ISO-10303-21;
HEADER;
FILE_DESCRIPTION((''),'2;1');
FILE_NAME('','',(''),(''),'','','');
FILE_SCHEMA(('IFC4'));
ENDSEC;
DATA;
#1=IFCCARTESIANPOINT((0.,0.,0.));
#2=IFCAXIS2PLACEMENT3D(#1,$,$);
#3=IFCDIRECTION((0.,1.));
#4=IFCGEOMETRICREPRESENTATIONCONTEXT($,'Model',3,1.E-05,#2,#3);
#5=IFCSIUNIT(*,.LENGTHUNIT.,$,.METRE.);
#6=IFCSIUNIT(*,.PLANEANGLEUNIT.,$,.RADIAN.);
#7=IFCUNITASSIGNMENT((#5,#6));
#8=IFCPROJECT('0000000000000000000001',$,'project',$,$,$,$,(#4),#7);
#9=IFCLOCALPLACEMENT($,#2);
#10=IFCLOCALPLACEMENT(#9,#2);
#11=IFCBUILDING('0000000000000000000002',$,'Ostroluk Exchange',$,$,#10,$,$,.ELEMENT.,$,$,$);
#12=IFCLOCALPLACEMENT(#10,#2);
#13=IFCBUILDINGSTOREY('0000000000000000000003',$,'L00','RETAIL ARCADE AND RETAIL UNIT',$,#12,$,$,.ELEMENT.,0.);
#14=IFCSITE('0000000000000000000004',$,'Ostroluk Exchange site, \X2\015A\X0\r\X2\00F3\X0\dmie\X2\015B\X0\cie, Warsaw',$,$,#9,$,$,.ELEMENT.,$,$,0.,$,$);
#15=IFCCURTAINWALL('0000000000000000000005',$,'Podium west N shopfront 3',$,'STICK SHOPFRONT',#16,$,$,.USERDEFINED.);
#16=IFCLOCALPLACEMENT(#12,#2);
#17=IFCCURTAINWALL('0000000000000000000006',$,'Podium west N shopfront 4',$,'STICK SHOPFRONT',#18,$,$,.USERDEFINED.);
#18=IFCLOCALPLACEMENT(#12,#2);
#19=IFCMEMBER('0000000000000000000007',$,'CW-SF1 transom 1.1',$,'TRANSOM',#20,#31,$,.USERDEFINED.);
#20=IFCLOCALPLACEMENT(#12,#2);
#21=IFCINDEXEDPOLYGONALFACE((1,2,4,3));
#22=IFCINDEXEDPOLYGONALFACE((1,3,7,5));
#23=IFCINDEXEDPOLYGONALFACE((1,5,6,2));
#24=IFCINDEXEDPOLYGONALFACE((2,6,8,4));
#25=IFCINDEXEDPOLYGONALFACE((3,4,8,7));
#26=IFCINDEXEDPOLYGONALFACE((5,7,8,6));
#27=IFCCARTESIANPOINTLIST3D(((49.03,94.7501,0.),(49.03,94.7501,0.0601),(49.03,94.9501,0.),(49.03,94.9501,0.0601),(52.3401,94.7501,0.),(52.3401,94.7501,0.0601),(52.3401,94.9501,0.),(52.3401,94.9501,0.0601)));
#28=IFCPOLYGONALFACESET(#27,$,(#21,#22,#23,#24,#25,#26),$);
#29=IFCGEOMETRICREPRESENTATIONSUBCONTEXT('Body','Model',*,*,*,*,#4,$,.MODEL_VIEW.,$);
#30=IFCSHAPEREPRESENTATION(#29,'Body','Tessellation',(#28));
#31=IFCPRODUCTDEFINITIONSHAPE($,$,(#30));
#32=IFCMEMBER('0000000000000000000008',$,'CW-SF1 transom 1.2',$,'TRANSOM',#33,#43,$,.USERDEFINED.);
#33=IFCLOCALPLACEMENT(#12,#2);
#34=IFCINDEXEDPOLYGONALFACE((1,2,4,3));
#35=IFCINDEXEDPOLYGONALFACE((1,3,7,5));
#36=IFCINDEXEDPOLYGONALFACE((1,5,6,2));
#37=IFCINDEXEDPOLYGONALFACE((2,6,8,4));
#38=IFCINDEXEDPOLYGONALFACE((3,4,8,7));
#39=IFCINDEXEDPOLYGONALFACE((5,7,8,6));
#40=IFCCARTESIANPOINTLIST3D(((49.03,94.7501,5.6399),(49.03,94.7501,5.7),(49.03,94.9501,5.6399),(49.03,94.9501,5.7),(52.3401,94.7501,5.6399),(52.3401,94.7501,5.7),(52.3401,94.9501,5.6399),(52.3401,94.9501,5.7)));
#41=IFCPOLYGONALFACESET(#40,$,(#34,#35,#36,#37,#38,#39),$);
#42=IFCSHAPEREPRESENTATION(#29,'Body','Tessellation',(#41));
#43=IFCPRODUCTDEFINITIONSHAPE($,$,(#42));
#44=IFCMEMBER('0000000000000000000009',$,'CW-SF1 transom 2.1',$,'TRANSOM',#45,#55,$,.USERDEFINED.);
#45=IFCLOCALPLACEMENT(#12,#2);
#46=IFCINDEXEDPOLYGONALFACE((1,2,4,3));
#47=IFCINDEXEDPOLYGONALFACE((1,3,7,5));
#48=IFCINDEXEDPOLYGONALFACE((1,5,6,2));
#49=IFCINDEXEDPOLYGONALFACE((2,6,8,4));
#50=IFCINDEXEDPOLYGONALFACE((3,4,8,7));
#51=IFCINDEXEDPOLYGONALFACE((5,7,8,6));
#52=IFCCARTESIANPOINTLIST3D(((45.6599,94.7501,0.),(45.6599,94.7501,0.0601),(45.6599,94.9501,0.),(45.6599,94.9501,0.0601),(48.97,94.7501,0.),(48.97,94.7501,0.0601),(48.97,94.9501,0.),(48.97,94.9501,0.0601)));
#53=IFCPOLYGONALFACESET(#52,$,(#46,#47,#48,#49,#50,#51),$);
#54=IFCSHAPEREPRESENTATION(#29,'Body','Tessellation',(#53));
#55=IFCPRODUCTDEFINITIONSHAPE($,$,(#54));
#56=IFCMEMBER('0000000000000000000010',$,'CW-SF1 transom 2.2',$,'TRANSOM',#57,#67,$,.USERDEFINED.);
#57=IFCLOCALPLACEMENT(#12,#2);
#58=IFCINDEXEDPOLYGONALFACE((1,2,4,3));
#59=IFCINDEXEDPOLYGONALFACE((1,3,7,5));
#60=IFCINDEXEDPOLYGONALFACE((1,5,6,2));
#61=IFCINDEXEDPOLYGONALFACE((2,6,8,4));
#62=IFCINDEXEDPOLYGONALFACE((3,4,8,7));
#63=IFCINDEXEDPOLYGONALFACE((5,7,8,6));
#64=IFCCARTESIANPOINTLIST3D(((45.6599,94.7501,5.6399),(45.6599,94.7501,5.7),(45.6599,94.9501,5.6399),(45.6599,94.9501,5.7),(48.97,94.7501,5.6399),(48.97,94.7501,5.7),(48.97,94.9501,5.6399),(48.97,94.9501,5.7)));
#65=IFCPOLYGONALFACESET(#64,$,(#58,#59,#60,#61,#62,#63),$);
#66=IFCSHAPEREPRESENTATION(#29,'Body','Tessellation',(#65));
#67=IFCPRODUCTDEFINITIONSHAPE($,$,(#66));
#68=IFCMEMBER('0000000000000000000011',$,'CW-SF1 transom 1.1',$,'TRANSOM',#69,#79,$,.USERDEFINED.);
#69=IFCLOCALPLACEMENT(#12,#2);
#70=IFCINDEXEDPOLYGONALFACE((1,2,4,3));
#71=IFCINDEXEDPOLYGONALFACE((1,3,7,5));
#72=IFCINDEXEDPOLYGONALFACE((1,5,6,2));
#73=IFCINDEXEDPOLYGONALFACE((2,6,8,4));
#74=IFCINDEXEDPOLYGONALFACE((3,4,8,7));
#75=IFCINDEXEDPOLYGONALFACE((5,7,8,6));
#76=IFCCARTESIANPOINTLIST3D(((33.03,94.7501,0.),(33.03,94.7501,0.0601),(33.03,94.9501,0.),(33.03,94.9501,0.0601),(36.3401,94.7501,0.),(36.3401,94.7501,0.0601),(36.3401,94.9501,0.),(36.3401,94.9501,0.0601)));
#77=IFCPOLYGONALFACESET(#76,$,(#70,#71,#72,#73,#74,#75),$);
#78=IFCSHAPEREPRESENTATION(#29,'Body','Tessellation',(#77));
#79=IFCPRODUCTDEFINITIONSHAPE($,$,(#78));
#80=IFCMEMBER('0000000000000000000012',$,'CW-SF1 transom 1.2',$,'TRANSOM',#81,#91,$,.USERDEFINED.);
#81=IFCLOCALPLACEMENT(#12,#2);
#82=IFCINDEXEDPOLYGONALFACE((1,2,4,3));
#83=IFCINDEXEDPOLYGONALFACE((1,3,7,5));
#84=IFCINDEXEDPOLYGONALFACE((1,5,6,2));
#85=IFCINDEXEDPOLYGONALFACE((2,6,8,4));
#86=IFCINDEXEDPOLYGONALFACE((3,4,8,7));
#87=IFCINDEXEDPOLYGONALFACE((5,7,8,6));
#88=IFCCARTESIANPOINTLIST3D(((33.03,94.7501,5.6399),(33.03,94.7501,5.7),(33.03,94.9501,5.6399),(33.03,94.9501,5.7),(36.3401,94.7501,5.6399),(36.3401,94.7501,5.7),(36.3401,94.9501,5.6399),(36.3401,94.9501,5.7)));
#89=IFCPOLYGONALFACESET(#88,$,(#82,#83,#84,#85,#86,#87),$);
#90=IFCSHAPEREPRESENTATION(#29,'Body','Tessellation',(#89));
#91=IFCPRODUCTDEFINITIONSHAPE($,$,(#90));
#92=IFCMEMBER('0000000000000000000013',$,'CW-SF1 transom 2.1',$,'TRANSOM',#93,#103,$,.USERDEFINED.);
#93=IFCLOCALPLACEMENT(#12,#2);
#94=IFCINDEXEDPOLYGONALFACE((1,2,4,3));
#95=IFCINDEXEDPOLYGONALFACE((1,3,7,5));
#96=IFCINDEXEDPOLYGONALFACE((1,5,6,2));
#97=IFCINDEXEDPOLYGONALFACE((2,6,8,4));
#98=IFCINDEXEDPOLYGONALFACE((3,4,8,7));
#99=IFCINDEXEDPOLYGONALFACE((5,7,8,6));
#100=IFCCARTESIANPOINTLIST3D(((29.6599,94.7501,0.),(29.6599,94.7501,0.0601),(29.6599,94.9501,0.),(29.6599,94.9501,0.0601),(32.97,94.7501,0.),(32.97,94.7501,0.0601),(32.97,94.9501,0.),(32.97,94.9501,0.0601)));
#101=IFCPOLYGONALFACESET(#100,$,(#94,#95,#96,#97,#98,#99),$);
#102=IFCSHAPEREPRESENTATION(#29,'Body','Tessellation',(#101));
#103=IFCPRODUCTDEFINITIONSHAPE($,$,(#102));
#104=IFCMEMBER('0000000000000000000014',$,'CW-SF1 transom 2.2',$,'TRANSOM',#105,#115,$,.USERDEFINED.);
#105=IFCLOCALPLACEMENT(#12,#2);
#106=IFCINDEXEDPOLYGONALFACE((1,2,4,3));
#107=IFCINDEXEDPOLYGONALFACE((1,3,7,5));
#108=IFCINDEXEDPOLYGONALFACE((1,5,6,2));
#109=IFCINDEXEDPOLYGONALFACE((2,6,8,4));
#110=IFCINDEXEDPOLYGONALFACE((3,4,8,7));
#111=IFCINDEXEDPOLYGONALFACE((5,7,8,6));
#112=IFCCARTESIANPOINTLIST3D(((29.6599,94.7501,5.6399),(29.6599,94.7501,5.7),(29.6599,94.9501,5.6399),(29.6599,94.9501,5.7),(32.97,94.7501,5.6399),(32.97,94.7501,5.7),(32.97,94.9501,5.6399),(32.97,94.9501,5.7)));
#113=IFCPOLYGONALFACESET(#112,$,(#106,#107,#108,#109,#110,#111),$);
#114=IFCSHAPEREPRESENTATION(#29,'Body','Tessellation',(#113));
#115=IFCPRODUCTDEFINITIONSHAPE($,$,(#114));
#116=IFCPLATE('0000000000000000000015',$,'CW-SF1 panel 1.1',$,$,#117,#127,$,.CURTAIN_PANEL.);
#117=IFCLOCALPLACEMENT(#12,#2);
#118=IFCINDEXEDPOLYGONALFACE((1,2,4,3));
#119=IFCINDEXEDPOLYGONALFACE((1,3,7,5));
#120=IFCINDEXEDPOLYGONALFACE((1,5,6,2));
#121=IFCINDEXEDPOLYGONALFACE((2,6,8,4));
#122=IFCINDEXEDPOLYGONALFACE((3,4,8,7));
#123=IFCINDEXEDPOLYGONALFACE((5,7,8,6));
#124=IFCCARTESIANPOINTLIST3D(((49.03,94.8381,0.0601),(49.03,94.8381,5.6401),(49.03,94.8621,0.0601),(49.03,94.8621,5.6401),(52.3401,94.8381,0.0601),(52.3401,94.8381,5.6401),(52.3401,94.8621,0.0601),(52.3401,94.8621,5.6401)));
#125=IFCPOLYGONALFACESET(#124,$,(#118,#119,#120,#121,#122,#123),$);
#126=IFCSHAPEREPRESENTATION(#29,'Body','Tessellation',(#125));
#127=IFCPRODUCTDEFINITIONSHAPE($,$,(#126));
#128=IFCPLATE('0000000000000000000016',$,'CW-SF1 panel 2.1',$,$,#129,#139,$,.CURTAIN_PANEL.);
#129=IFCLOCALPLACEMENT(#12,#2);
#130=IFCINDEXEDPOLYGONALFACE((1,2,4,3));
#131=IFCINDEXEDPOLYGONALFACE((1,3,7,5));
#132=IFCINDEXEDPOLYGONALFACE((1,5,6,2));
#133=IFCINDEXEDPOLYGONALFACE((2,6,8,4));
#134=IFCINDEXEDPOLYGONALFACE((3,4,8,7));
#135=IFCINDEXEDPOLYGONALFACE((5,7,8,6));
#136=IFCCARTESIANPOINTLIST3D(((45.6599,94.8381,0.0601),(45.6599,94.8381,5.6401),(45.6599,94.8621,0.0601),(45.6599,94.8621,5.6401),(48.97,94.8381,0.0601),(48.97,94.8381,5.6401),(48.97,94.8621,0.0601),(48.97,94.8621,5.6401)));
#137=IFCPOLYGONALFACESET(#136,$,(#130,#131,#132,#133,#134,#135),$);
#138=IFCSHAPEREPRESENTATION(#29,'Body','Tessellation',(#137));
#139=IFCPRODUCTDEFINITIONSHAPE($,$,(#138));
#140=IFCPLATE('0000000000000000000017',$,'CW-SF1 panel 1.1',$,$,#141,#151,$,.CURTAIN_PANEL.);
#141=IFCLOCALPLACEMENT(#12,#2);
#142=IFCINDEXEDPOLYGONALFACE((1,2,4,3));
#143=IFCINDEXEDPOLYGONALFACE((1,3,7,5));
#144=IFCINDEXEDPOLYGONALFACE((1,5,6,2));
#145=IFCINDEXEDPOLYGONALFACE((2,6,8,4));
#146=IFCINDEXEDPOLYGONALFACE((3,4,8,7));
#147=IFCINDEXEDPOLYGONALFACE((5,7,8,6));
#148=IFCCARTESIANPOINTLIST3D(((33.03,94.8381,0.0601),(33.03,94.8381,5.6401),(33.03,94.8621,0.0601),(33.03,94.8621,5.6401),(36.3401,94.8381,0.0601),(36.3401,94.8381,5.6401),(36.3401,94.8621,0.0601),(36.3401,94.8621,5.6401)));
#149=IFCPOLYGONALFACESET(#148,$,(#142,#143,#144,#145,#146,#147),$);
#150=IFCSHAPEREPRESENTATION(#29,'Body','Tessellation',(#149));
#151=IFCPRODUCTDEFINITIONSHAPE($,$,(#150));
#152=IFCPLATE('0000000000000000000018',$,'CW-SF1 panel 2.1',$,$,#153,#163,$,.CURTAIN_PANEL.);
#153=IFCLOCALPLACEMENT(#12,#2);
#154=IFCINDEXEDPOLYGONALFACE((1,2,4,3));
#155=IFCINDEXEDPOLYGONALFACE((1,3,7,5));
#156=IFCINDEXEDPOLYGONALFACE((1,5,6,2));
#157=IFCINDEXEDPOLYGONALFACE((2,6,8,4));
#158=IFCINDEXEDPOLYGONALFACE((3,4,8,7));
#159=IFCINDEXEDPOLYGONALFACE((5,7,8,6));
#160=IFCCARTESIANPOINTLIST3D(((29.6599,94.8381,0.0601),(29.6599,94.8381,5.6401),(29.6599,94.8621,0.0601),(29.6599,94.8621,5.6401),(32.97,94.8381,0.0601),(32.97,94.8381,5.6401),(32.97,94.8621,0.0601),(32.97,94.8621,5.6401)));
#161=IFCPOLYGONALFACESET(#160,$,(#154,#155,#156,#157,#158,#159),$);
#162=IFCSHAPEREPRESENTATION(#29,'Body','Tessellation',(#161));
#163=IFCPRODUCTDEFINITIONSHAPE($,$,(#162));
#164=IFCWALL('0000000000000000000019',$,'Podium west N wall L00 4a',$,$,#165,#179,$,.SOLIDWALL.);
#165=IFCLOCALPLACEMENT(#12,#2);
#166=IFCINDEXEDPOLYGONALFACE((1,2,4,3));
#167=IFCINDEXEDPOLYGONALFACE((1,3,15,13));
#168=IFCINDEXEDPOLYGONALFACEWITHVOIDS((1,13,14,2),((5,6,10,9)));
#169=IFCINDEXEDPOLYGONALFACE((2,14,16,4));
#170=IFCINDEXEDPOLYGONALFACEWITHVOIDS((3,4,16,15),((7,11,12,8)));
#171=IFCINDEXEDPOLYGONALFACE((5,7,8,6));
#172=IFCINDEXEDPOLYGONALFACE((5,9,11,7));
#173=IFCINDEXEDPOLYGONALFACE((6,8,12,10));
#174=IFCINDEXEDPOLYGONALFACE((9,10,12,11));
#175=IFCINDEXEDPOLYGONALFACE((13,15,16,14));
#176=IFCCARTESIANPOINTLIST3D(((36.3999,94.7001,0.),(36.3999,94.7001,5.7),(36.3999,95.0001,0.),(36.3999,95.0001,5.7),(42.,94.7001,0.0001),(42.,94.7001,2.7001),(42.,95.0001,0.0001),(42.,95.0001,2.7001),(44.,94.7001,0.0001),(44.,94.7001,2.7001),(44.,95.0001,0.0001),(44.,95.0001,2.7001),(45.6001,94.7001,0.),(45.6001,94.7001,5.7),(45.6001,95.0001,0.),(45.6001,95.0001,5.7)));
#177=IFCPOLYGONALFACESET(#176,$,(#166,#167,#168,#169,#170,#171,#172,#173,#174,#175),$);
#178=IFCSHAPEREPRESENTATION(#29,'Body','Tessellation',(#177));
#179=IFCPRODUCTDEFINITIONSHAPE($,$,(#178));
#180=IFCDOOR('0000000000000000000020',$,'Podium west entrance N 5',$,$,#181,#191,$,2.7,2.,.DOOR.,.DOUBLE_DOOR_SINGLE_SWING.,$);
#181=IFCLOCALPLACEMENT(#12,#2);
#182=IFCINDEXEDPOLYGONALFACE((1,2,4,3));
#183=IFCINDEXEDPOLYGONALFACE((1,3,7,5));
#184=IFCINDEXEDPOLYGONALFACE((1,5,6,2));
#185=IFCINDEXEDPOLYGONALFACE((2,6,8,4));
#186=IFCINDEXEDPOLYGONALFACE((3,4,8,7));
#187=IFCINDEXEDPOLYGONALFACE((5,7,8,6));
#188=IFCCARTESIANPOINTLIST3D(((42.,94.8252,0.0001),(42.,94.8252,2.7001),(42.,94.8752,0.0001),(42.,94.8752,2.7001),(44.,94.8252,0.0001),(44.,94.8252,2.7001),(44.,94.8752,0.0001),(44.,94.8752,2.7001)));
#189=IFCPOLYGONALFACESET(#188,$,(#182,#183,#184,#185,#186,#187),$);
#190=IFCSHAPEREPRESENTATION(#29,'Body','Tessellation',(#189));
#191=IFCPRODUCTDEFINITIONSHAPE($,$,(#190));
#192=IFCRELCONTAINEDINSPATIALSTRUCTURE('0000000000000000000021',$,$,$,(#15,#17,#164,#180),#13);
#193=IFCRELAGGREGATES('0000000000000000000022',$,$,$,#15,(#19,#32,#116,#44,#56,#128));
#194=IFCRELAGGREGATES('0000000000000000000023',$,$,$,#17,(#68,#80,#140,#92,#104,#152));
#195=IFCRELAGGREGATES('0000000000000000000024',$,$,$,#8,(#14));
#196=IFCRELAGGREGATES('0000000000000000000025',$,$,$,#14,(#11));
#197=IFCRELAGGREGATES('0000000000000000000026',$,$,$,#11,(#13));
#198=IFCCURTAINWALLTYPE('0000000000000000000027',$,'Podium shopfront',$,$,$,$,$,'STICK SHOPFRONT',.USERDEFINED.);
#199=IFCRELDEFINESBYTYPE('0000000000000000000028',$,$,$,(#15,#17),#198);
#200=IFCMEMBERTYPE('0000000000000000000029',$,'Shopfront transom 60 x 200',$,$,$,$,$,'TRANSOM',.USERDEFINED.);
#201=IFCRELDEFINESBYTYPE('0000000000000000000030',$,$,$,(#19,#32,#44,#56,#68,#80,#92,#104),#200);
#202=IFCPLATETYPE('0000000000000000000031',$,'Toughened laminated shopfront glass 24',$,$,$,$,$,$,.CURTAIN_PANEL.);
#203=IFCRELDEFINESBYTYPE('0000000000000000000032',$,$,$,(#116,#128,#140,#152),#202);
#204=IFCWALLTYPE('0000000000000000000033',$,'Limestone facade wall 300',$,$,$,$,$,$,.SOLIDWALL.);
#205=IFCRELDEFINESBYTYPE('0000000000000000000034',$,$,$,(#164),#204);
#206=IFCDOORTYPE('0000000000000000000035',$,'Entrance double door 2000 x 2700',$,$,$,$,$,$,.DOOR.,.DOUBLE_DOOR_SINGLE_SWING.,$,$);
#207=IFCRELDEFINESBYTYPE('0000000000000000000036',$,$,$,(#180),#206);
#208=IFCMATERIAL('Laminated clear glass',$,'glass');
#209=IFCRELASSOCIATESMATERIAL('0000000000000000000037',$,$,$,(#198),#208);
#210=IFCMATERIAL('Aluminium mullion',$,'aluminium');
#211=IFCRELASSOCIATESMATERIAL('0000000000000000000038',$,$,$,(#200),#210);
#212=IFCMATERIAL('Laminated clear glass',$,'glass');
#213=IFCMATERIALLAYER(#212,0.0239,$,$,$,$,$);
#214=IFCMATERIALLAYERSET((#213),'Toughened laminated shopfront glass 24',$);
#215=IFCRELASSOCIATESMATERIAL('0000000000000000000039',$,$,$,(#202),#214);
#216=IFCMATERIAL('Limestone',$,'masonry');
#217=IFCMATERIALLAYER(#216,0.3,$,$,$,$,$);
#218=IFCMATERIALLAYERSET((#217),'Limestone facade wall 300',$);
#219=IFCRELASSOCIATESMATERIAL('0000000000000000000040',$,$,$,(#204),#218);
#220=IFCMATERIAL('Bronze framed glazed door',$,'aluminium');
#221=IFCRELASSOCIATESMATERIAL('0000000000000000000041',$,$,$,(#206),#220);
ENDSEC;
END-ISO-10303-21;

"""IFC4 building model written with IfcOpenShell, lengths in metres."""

from ifc_helpers import new_model, si_unit, direction, frame, frame_2d, origin, origin_2d, place, context, subcontext, project, spatial, rectangle, extrude, material, layer, layer_set, material_profile, profile_set, type_object, element, fill, aggregate, save


model = new_model("IFC4")

# Units and contexts
model_context = context("Model", 3, precision=1e-05, world=origin(), true_north=direction((0.0, 1.0)))
body_context = subcontext(model_context, "Body", "Model", "MODEL_VIEW")
ifc_project = project(units=[si_unit("LENGTHUNIT", "METRE"), si_unit("PLANEANGLEUNIT", "RADIAN")], contexts=[model_context])

# Site, building, storey
site_placement = place(None, origin())
site = spatial("IfcSite", under=ifc_project, at=site_placement, Name="Ostroluk Exchange site, Śródmieście, Warsaw", CompositionType="ELEMENT", RefElevation=0.0)
building_placement = place(site_placement, origin())
building = spatial("IfcBuilding", under=site, at=building_placement, Name="Ostroluk Exchange", CompositionType="ELEMENT")
storey_placement = place(building_placement, origin())
storey = spatial("IfcBuildingStorey", under=building, at=storey_placement, Name="L00", Description="RETAIL ARCADE AND RETAIL UNIT", CompositionType="ELEMENT", Elevation=0.0)

# Curtain walls
ifc_material_1 = material(Name="Laminated clear glass", Category="glass")
curtain_wall_type = type_object("IfcCurtainWallType", Name="Podium shopfront", ElementType="STICK SHOPFRONT", PredefinedType="USERDEFINED", material=ifc_material_1)
curtain_wall_1_placement = place(storey_placement, origin())
curtain_wall_1 = element("IfcCurtainWall", 1, at=curtain_wall_1_placement, inside=storey, type_object=curtain_wall_type, Name="Podium west N shopfront 3", ObjectType="STICK SHOPFRONT", PredefinedType="USERDEFINED")
curtain_wall_2_placement = place(storey_placement, origin())
curtain_wall_2 = element("IfcCurtainWall", 2, at=curtain_wall_2_placement, inside=storey, type_object=curtain_wall_type, Name="Podium west N shopfront 4", ObjectType="STICK SHOPFRONT", PredefinedType="USERDEFINED")

# Members
ifc_material_2 = material(Name="Aluminium mullion", Category="aluminium")
ifc_material_profile_1 = material_profile(ifc_material_2, rectangle(XDim=0.2, YDim=0.0601, at=origin_2d()), Name="Shopfront transom 60 x 200")
ifc_profile_set_1 = profile_set([ifc_material_profile_1], Name="Aluminium mullion")
member_type_1 = type_object("IfcMemberType", Name="Shopfront transom 60 x 200", ElementType="TRANSOM", PredefinedType="USERDEFINED", material=ifc_profile_set_1)
member_1_placement = place(storey_placement, frame((52.3401, 94.8501, 0.03), z_axis=(-1.0, 0.0, 0.0), x_axis=(0.0, -1.0, 0.0)))
member_1 = element("IfcMember", 3, at=member_1_placement, type_object=member_type_1, Name="CW-SF1 transom 1.1", ObjectType="TRANSOM", PredefinedType="USERDEFINED", context=body_context, shape_type="SweptSolid", body=[
    extrude(rectangle(XDim=0.2, YDim=0.0601, at=origin_2d()), origin(), (0.0, 0.0, 1.0), 3.3101),
])
member_2_placement = place(storey_placement, frame((52.3401, 94.8501, 5.6699), z_axis=(-1.0, 0.0, 0.0), x_axis=(0.0, -1.0, 0.0)))
member_2 = element("IfcMember", 4, at=member_2_placement, type_object=member_type_1, Name="CW-SF1 transom 1.2", ObjectType="TRANSOM", PredefinedType="USERDEFINED", context=body_context, shape_type="SweptSolid", body=[
    extrude(rectangle(XDim=0.2, YDim=0.0601, at=origin_2d()), origin(), (0.0, 0.0, 1.0), 3.3101),
])
member_3_placement = place(storey_placement, frame((48.97, 94.8501, 0.03), z_axis=(-1.0, 0.0, 0.0), x_axis=(0.0, -1.0, 0.0)))
member_3 = element("IfcMember", 5, at=member_3_placement, type_object=member_type_1, Name="CW-SF1 transom 2.1", ObjectType="TRANSOM", PredefinedType="USERDEFINED", context=body_context, shape_type="SweptSolid", body=[
    extrude(rectangle(XDim=0.2, YDim=0.0601, at=origin_2d()), origin(), (0.0, 0.0, 1.0), 3.3101),
])
member_4_placement = place(storey_placement, frame((48.97, 94.8501, 5.6699), z_axis=(-1.0, 0.0, 0.0), x_axis=(0.0, -1.0, 0.0)))
member_4 = element("IfcMember", 6, at=member_4_placement, type_object=member_type_1, Name="CW-SF1 transom 2.2", ObjectType="TRANSOM", PredefinedType="USERDEFINED", context=body_context, shape_type="SweptSolid", body=[
    extrude(rectangle(XDim=0.2, YDim=0.0601, at=origin_2d()), origin(), (0.0, 0.0, 1.0), 3.3101),
])
member_5_placement = place(storey_placement, frame((36.3401, 94.8501, 0.03), z_axis=(-1.0, 0.0, 0.0), x_axis=(0.0, -1.0, 0.0)))
member_5 = element("IfcMember", 7, at=member_5_placement, type_object=member_type_1, Name="CW-SF1 transom 1.1", ObjectType="TRANSOM", PredefinedType="USERDEFINED", context=body_context, shape_type="SweptSolid", body=[
    extrude(rectangle(XDim=0.2, YDim=0.0601, at=origin_2d()), origin(), (0.0, 0.0, 1.0), 3.3101),
])
member_6_placement = place(storey_placement, frame((36.3401, 94.8501, 5.6699), z_axis=(-1.0, 0.0, 0.0), x_axis=(0.0, -1.0, 0.0)))
member_6 = element("IfcMember", 8, at=member_6_placement, type_object=member_type_1, Name="CW-SF1 transom 1.2", ObjectType="TRANSOM", PredefinedType="USERDEFINED", context=body_context, shape_type="SweptSolid", body=[
    extrude(rectangle(XDim=0.2, YDim=0.0601, at=origin_2d()), origin(), (0.0, 0.0, 1.0), 3.3101),
])
member_7_placement = place(storey_placement, frame((32.97, 94.8501, 0.03), z_axis=(-1.0, 0.0, 0.0), x_axis=(0.0, -1.0, 0.0)))
member_7 = element("IfcMember", 9, at=member_7_placement, type_object=member_type_1, Name="CW-SF1 transom 2.1", ObjectType="TRANSOM", PredefinedType="USERDEFINED", context=body_context, shape_type="SweptSolid", body=[
    extrude(rectangle(XDim=0.2, YDim=0.0601, at=origin_2d()), origin(), (0.0, 0.0, 1.0), 3.3101),
])
member_8_placement = place(storey_placement, frame((32.97, 94.8501, 5.6699), z_axis=(-1.0, 0.0, 0.0), x_axis=(0.0, -1.0, 0.0)))
member_8 = element("IfcMember", 10, at=member_8_placement, type_object=member_type_1, Name="CW-SF1 transom 2.2", ObjectType="TRANSOM", PredefinedType="USERDEFINED", context=body_context, shape_type="SweptSolid", body=[
    extrude(rectangle(XDim=0.2, YDim=0.0601, at=origin_2d()), origin(), (0.0, 0.0, 1.0), 3.3101),
])

# Plates
ifc_material_3 = material(Name="Laminated clear glass", Category="glass")
ifc_layer_1 = layer(ifc_material_3, 0.0239)
ifc_layer_set_1 = layer_set([ifc_layer_1], Name="Toughened laminated shopfront glass 24")
plate_type = type_object("IfcPlateType", Name="Toughened laminated shopfront glass 24", PredefinedType="CURTAIN_PANEL", material=ifc_layer_set_1)
plate_1_placement = place(storey_placement, frame((50.6851, 94.8501, 0.0601), z_axis=(0.0, 0.0, 1.0), x_axis=(-1.0, 0.0, 0.0)))
plate_1 = element("IfcPlate", 11, at=plate_1_placement, type_object=plate_type, Name="CW-SF1 panel 1.1", PredefinedType="CURTAIN_PANEL", context=body_context, shape_type="SweptSolid", body=[
    extrude(rectangle(XDim=3.3101, YDim=0.0239, at=origin_2d()), origin(), (0.0, 0.0, 1.0), 5.5801),
])
plate_2_placement = place(storey_placement, frame((47.3149, 94.8501, 0.0601), z_axis=(0.0, 0.0, 1.0), x_axis=(-1.0, 0.0, 0.0)))
plate_2 = element("IfcPlate", 12, at=plate_2_placement, type_object=plate_type, Name="CW-SF1 panel 2.1", PredefinedType="CURTAIN_PANEL", context=body_context, shape_type="SweptSolid", body=[
    extrude(rectangle(XDim=3.3101, YDim=0.0239, at=origin_2d()), origin(), (0.0, 0.0, 1.0), 5.5801),
])
aggregate(curtain_wall_1, [member_1, member_2, plate_1, member_3, member_4, plate_2])
plate_3_placement = place(storey_placement, frame((34.6851, 94.8501, 0.0601), z_axis=(0.0, 0.0, 1.0), x_axis=(-1.0, 0.0, 0.0)))
plate_3 = element("IfcPlate", 13, at=plate_3_placement, type_object=plate_type, Name="CW-SF1 panel 1.1", PredefinedType="CURTAIN_PANEL", context=body_context, shape_type="SweptSolid", body=[
    extrude(rectangle(XDim=3.3101, YDim=0.0239, at=origin_2d()), origin(), (0.0, 0.0, 1.0), 5.5801),
])
plate_4_placement = place(storey_placement, frame((31.3149, 94.8501, 0.0601), z_axis=(0.0, 0.0, 1.0), x_axis=(-1.0, 0.0, 0.0)))
plate_4 = element("IfcPlate", 14, at=plate_4_placement, type_object=plate_type, Name="CW-SF1 panel 2.1", PredefinedType="CURTAIN_PANEL", context=body_context, shape_type="SweptSolid", body=[
    extrude(rectangle(XDim=3.3101, YDim=0.0239, at=origin_2d()), origin(), (0.0, 0.0, 1.0), 5.5801),
])
aggregate(curtain_wall_2, [member_5, member_6, plate_3, member_7, member_8, plate_4])

# Wall, opening, door
ifc_material_4 = material(Name="Limestone", Category="masonry")
ifc_layer_2 = layer(ifc_material_4, 0.3)
ifc_layer_set_2 = layer_set([ifc_layer_2], Name="Limestone facade wall 300")
wall_type_1 = type_object("IfcWallType", Name="Limestone facade wall 300", PredefinedType="SOLIDWALL", material=ifc_layer_set_2)
wall_placement = place(storey_placement, frame((45.6001, 94.8501, 0.0), z_axis=(0.0, 0.0, 1.0), x_axis=(-1.0, 0.0, 0.0)))
wall = element("IfcWall", 15, at=wall_placement, inside=storey, type_object=wall_type_1, Name="Podium west N wall L00 4a", PredefinedType="SOLIDWALL", context=body_context, shape_type="SweptSolid", body=[
    extrude(rectangle(XDim=9.2002, YDim=0.3, at=frame_2d((4.6001, 0.0))), origin(), (0.0, 0.0, 1.0), 5.7),
])
opening_placement = place(wall_placement, frame((1.6001, 0.0, 0.0)))
opening = element("IfcOpeningElement", 16, at=opening_placement, cuts=wall, PredefinedType="OPENING", context=body_context, shape_type="SweptSolid", body=[
    extrude(rectangle(XDim=2.0, YDim=2.7, at=frame_2d((1.0, 1.3501))), frame((0.0, 0.1599, 0.0), z_axis=(0.0, -1.0, 0.0), x_axis=(1.0, 0.0, 0.0)), (0.0, 0.0, 1.0), 0.3201),
])
ifc_material_5 = material(Name="Bronze framed glazed door", Category="aluminium")
door_type = type_object("IfcDoorType", Name="Entrance double door 2000 x 2700", OperationType="DOUBLE_DOOR_SINGLE_SWING", PredefinedType="DOOR", material=ifc_material_5)
door_placement = place(opening_placement, origin())
door = element("IfcDoor", 17, at=door_placement, inside=storey, type_object=door_type, Name="Podium west entrance N 5", OperationType="DOUBLE_DOOR_SINGLE_SWING", OverallHeight=2.7, OverallWidth=2.0, PredefinedType="DOOR", context=body_context, shape_type="SweptSolid", body=[
    extrude(rectangle(XDim=2.0, YDim=2.7, at=frame_2d((1.0, 1.3501))), frame((0.0, 0.0249, 0.0), z_axis=(0.0, -1.0, 0.0), x_axis=(1.0, 0.0, 0.0)), (0.0, 0.0, 1.0), 0.05),
])
fill(opening, door)

save(model, "model.ifc")
